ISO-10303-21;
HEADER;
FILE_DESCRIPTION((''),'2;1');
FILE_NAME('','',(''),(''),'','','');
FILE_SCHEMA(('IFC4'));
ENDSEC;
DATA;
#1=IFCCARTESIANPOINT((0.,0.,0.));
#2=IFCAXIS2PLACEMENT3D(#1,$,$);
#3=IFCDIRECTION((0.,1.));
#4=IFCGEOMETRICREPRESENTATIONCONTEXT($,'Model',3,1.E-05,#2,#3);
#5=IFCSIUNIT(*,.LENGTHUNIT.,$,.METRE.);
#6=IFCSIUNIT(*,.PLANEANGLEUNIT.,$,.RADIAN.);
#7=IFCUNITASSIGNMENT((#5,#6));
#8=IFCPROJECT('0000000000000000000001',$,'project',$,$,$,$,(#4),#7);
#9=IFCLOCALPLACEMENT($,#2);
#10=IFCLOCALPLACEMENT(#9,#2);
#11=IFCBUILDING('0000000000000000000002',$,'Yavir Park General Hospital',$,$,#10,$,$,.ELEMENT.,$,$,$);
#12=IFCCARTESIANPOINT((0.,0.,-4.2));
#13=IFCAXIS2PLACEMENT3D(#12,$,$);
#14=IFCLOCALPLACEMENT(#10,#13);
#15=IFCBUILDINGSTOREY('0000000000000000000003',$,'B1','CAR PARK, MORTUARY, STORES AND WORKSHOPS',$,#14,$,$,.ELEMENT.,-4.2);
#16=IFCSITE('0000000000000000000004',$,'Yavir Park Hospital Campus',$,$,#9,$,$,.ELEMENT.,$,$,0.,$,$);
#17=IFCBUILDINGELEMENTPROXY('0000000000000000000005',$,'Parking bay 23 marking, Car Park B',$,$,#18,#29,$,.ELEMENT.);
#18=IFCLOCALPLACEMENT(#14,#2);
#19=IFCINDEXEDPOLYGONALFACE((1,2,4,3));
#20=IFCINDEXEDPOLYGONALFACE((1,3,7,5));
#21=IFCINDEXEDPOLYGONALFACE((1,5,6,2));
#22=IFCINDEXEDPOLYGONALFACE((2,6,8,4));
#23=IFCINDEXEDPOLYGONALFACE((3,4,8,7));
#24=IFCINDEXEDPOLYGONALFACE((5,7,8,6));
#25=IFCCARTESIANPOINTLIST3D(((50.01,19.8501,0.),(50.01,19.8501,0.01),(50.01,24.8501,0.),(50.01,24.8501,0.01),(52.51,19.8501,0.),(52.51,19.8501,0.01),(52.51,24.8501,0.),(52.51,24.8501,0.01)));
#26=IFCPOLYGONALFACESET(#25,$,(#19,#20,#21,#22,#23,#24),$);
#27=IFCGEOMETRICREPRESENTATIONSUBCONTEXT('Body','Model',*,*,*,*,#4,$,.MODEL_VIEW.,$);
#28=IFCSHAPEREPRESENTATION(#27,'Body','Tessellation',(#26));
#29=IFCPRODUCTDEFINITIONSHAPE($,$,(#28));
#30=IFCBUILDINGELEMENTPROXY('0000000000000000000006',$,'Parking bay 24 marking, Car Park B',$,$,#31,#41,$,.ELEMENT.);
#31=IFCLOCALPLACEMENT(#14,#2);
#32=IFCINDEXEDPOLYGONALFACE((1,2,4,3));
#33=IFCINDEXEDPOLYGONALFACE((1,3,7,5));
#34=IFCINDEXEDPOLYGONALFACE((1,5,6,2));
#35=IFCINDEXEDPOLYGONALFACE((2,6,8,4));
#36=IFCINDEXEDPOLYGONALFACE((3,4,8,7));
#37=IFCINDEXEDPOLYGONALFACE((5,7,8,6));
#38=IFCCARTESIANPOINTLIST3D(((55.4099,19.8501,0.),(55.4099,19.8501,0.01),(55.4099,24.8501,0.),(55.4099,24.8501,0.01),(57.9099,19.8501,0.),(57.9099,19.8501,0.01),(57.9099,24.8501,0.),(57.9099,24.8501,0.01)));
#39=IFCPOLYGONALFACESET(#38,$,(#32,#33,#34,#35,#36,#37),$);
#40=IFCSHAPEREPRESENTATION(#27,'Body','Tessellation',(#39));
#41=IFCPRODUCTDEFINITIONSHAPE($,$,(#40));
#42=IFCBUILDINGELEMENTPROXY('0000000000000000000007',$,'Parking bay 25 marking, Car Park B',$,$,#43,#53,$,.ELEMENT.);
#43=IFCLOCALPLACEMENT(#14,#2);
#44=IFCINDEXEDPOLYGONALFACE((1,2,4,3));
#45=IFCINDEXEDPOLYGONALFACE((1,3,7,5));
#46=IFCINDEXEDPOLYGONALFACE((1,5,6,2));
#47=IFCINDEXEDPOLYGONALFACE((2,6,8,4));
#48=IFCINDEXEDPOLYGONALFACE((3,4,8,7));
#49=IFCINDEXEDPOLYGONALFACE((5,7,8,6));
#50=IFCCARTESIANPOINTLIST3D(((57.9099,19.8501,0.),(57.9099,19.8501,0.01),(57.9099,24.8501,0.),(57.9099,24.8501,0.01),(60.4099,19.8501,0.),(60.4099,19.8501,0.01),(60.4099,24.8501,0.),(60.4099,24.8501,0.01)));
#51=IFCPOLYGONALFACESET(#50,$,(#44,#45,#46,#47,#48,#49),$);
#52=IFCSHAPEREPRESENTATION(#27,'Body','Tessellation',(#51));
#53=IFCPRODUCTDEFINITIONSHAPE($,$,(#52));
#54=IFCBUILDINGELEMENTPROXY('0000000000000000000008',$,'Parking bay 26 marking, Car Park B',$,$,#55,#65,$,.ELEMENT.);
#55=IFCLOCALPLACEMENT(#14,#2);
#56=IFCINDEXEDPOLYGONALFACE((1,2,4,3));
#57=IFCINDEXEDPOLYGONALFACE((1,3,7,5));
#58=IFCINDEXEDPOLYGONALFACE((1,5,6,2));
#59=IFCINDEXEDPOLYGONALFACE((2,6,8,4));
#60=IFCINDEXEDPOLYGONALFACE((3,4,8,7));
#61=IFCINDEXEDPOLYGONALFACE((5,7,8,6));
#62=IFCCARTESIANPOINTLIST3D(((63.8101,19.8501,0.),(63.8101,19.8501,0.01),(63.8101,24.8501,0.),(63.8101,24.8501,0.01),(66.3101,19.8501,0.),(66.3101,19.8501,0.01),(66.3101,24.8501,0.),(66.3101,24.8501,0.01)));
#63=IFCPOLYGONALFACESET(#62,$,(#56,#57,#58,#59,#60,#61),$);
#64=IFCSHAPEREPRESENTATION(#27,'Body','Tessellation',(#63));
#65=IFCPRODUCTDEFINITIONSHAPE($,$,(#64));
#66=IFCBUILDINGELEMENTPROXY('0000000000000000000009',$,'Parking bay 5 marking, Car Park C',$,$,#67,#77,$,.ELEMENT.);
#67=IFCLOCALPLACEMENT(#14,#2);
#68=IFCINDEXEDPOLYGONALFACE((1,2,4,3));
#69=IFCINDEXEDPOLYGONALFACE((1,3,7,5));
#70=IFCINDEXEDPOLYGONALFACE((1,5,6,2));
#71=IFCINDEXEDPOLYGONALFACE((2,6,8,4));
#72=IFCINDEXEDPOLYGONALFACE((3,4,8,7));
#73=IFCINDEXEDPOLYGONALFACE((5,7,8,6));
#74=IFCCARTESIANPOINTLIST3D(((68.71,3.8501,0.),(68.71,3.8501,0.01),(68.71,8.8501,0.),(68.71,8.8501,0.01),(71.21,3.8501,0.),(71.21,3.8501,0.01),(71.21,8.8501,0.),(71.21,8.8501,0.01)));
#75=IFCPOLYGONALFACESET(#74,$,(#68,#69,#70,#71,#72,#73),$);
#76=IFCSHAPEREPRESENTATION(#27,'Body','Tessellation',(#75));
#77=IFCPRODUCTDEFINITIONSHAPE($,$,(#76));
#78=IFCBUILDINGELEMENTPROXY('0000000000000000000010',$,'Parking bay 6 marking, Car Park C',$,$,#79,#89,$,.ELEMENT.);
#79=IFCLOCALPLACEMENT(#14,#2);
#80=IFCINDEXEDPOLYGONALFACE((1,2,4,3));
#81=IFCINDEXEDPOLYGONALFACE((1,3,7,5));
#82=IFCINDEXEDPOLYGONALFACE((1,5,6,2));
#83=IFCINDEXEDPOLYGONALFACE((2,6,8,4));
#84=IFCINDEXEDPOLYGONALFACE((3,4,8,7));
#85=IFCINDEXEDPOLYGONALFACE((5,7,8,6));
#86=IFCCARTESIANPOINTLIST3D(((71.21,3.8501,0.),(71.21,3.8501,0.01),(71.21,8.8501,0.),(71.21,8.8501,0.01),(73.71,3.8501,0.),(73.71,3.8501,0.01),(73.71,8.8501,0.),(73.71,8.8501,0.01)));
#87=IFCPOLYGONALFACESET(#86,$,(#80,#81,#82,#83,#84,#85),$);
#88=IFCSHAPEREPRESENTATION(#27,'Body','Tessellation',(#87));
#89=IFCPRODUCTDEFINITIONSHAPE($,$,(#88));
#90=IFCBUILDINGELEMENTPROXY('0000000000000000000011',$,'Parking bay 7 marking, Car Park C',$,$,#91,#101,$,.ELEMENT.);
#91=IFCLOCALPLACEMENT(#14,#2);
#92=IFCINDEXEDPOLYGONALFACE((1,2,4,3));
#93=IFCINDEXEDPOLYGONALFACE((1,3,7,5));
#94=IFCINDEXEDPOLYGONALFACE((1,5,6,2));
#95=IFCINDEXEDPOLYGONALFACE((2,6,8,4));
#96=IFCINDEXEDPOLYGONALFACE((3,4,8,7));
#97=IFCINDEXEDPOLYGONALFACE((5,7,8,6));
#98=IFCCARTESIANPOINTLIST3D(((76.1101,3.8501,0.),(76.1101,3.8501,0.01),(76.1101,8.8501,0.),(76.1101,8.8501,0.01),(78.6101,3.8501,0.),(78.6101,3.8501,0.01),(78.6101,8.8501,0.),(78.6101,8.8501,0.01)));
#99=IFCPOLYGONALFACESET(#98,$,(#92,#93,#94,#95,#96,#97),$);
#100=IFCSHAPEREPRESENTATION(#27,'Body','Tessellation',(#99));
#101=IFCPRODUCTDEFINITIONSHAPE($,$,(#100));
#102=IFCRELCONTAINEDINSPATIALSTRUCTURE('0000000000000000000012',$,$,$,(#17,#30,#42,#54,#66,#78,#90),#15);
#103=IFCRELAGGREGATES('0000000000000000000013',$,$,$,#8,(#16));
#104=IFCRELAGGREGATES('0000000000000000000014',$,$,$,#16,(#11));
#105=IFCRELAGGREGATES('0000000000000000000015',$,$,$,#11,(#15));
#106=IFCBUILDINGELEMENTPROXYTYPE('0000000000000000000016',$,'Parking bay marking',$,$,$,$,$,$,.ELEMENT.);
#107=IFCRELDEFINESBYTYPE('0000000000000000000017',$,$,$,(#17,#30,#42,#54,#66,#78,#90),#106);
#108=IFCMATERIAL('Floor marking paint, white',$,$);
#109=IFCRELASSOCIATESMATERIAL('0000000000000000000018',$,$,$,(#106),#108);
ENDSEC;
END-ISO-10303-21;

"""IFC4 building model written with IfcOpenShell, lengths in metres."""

from ifc_helpers import new_model, si_unit, direction, frame, origin, place, context, subcontext, project, spatial, polyline, outline, extrude, material, type_object, element, save


model = new_model("IFC4")

# Units and contexts
model_context = context("Model", 3, precision=1e-05, world=origin(), true_north=direction((0.0, 1.0)))
body_context = subcontext(model_context, "Body", "Model", "MODEL_VIEW")
ifc_project = project(units=[si_unit("LENGTHUNIT", "METRE"), si_unit("PLANEANGLEUNIT", "RADIAN")], contexts=[model_context])

# Site, building, storey
site_placement = place(None, origin())
site = spatial("IfcSite", under=ifc_project, at=site_placement, Name="Yavir Park Hospital Campus", CompositionType="ELEMENT", RefElevation=0.0)
building_placement = place(site_placement, origin())
building = spatial("IfcBuilding", under=site, at=building_placement, Name="Yavir Park General Hospital", CompositionType="ELEMENT")
storey_placement = place(building_placement, frame((0.0, 0.0, -4.2)))
storey = spatial("IfcBuildingStorey", under=building, at=storey_placement, Name="B1", Description="CAR PARK, MORTUARY, STORES AND WORKSHOPS", CompositionType="ELEMENT", Elevation=-4.2)

# Building element proxies
ifc_material_1 = material(Name="Floor marking paint, white")
building_element_proxy_type_1 = type_object("IfcBuildingElementProxyType", Name="Parking bay marking", PredefinedType="ELEMENT", material=ifc_material_1)
proxy_1_placement = place(storey_placement, origin())
element("IfcBuildingElementProxy", 1, at=proxy_1_placement, inside=storey, type_object=building_element_proxy_type_1, Name="Parking bay 23 marking, Car Park B", PredefinedType="ELEMENT", context=body_context, shape_type="SweptSolid", body=[
    extrude(outline(polyline([(50.01, 19.8501), (52.51, 19.8501), (52.51, 24.8501), (50.01, 24.8501), (50.01, 19.8501)])), origin(), (0.0, 0.0, 1.0), 0.01),
])
proxy_2_placement = place(storey_placement, origin())
element("IfcBuildingElementProxy", 2, at=proxy_2_placement, inside=storey, type_object=building_element_proxy_type_1, Name="Parking bay 24 marking, Car Park B", PredefinedType="ELEMENT", context=body_context, shape_type="SweptSolid", body=[
    extrude(outline(polyline([(55.4099, 19.8501), (57.9099, 19.8501), (57.9099, 24.8501), (55.4099, 24.8501), (55.4099, 19.8501)])), origin(), (0.0, 0.0, 1.0), 0.01),
])
proxy_3_placement = place(storey_placement, origin())
element("IfcBuildingElementProxy", 3, at=proxy_3_placement, inside=storey, type_object=building_element_proxy_type_1, Name="Parking bay 25 marking, Car Park B", PredefinedType="ELEMENT", context=body_context, shape_type="SweptSolid", body=[
    extrude(outline(polyline([(57.9099, 19.8501), (60.4099, 19.8501), (60.4099, 24.8501), (57.9099, 24.8501), (57.9099, 19.8501)])), origin(), (0.0, 0.0, 1.0), 0.01),
])
proxy_4_placement = place(storey_placement, origin())
element("IfcBuildingElementProxy", 4, at=proxy_4_placement, inside=storey, type_object=building_element_proxy_type_1, Name="Parking bay 26 marking, Car Park B", PredefinedType="ELEMENT", context=body_context, shape_type="SweptSolid", body=[
    extrude(outline(polyline([(63.8101, 19.8501), (66.3101, 19.8501), (66.3101, 24.8501), (63.8101, 24.8501), (63.8101, 19.8501)])), origin(), (0.0, 0.0, 1.0), 0.01),
])
proxy_5_placement = place(storey_placement, origin())
element("IfcBuildingElementProxy", 5, at=proxy_5_placement, inside=storey, type_object=building_element_proxy_type_1, Name="Parking bay 5 marking, Car Park C", PredefinedType="ELEMENT", context=body_context, shape_type="SweptSolid", body=[
    extrude(outline(polyline([(68.71, 3.8501), (71.21, 3.8501), (71.21, 8.8501), (68.71, 8.8501), (68.71, 3.8501)])), origin(), (0.0, 0.0, 1.0), 0.01),
])
proxy_6_placement = place(storey_placement, origin())
element("IfcBuildingElementProxy", 6, at=proxy_6_placement, inside=storey, type_object=building_element_proxy_type_1, Name="Parking bay 6 marking, Car Park C", PredefinedType="ELEMENT", context=body_context, shape_type="SweptSolid", body=[
    extrude(outline(polyline([(71.21, 3.8501), (73.71, 3.8501), (73.71, 8.8501), (71.21, 8.8501), (71.21, 3.8501)])), origin(), (0.0, 0.0, 1.0), 0.01),
])
proxy_7_placement = place(storey_placement, origin())
element("IfcBuildingElementProxy", 7, at=proxy_7_placement, inside=storey, type_object=building_element_proxy_type_1, Name="Parking bay 7 marking, Car Park C", PredefinedType="ELEMENT", context=body_context, shape_type="SweptSolid", body=[
    extrude(outline(polyline([(76.1101, 3.8501), (78.6101, 3.8501), (78.6101, 8.8501), (76.1101, 8.8501), (76.1101, 3.8501)])), origin(), (0.0, 0.0, 1.0), 0.01),
])

save(model, "model.ifc")
